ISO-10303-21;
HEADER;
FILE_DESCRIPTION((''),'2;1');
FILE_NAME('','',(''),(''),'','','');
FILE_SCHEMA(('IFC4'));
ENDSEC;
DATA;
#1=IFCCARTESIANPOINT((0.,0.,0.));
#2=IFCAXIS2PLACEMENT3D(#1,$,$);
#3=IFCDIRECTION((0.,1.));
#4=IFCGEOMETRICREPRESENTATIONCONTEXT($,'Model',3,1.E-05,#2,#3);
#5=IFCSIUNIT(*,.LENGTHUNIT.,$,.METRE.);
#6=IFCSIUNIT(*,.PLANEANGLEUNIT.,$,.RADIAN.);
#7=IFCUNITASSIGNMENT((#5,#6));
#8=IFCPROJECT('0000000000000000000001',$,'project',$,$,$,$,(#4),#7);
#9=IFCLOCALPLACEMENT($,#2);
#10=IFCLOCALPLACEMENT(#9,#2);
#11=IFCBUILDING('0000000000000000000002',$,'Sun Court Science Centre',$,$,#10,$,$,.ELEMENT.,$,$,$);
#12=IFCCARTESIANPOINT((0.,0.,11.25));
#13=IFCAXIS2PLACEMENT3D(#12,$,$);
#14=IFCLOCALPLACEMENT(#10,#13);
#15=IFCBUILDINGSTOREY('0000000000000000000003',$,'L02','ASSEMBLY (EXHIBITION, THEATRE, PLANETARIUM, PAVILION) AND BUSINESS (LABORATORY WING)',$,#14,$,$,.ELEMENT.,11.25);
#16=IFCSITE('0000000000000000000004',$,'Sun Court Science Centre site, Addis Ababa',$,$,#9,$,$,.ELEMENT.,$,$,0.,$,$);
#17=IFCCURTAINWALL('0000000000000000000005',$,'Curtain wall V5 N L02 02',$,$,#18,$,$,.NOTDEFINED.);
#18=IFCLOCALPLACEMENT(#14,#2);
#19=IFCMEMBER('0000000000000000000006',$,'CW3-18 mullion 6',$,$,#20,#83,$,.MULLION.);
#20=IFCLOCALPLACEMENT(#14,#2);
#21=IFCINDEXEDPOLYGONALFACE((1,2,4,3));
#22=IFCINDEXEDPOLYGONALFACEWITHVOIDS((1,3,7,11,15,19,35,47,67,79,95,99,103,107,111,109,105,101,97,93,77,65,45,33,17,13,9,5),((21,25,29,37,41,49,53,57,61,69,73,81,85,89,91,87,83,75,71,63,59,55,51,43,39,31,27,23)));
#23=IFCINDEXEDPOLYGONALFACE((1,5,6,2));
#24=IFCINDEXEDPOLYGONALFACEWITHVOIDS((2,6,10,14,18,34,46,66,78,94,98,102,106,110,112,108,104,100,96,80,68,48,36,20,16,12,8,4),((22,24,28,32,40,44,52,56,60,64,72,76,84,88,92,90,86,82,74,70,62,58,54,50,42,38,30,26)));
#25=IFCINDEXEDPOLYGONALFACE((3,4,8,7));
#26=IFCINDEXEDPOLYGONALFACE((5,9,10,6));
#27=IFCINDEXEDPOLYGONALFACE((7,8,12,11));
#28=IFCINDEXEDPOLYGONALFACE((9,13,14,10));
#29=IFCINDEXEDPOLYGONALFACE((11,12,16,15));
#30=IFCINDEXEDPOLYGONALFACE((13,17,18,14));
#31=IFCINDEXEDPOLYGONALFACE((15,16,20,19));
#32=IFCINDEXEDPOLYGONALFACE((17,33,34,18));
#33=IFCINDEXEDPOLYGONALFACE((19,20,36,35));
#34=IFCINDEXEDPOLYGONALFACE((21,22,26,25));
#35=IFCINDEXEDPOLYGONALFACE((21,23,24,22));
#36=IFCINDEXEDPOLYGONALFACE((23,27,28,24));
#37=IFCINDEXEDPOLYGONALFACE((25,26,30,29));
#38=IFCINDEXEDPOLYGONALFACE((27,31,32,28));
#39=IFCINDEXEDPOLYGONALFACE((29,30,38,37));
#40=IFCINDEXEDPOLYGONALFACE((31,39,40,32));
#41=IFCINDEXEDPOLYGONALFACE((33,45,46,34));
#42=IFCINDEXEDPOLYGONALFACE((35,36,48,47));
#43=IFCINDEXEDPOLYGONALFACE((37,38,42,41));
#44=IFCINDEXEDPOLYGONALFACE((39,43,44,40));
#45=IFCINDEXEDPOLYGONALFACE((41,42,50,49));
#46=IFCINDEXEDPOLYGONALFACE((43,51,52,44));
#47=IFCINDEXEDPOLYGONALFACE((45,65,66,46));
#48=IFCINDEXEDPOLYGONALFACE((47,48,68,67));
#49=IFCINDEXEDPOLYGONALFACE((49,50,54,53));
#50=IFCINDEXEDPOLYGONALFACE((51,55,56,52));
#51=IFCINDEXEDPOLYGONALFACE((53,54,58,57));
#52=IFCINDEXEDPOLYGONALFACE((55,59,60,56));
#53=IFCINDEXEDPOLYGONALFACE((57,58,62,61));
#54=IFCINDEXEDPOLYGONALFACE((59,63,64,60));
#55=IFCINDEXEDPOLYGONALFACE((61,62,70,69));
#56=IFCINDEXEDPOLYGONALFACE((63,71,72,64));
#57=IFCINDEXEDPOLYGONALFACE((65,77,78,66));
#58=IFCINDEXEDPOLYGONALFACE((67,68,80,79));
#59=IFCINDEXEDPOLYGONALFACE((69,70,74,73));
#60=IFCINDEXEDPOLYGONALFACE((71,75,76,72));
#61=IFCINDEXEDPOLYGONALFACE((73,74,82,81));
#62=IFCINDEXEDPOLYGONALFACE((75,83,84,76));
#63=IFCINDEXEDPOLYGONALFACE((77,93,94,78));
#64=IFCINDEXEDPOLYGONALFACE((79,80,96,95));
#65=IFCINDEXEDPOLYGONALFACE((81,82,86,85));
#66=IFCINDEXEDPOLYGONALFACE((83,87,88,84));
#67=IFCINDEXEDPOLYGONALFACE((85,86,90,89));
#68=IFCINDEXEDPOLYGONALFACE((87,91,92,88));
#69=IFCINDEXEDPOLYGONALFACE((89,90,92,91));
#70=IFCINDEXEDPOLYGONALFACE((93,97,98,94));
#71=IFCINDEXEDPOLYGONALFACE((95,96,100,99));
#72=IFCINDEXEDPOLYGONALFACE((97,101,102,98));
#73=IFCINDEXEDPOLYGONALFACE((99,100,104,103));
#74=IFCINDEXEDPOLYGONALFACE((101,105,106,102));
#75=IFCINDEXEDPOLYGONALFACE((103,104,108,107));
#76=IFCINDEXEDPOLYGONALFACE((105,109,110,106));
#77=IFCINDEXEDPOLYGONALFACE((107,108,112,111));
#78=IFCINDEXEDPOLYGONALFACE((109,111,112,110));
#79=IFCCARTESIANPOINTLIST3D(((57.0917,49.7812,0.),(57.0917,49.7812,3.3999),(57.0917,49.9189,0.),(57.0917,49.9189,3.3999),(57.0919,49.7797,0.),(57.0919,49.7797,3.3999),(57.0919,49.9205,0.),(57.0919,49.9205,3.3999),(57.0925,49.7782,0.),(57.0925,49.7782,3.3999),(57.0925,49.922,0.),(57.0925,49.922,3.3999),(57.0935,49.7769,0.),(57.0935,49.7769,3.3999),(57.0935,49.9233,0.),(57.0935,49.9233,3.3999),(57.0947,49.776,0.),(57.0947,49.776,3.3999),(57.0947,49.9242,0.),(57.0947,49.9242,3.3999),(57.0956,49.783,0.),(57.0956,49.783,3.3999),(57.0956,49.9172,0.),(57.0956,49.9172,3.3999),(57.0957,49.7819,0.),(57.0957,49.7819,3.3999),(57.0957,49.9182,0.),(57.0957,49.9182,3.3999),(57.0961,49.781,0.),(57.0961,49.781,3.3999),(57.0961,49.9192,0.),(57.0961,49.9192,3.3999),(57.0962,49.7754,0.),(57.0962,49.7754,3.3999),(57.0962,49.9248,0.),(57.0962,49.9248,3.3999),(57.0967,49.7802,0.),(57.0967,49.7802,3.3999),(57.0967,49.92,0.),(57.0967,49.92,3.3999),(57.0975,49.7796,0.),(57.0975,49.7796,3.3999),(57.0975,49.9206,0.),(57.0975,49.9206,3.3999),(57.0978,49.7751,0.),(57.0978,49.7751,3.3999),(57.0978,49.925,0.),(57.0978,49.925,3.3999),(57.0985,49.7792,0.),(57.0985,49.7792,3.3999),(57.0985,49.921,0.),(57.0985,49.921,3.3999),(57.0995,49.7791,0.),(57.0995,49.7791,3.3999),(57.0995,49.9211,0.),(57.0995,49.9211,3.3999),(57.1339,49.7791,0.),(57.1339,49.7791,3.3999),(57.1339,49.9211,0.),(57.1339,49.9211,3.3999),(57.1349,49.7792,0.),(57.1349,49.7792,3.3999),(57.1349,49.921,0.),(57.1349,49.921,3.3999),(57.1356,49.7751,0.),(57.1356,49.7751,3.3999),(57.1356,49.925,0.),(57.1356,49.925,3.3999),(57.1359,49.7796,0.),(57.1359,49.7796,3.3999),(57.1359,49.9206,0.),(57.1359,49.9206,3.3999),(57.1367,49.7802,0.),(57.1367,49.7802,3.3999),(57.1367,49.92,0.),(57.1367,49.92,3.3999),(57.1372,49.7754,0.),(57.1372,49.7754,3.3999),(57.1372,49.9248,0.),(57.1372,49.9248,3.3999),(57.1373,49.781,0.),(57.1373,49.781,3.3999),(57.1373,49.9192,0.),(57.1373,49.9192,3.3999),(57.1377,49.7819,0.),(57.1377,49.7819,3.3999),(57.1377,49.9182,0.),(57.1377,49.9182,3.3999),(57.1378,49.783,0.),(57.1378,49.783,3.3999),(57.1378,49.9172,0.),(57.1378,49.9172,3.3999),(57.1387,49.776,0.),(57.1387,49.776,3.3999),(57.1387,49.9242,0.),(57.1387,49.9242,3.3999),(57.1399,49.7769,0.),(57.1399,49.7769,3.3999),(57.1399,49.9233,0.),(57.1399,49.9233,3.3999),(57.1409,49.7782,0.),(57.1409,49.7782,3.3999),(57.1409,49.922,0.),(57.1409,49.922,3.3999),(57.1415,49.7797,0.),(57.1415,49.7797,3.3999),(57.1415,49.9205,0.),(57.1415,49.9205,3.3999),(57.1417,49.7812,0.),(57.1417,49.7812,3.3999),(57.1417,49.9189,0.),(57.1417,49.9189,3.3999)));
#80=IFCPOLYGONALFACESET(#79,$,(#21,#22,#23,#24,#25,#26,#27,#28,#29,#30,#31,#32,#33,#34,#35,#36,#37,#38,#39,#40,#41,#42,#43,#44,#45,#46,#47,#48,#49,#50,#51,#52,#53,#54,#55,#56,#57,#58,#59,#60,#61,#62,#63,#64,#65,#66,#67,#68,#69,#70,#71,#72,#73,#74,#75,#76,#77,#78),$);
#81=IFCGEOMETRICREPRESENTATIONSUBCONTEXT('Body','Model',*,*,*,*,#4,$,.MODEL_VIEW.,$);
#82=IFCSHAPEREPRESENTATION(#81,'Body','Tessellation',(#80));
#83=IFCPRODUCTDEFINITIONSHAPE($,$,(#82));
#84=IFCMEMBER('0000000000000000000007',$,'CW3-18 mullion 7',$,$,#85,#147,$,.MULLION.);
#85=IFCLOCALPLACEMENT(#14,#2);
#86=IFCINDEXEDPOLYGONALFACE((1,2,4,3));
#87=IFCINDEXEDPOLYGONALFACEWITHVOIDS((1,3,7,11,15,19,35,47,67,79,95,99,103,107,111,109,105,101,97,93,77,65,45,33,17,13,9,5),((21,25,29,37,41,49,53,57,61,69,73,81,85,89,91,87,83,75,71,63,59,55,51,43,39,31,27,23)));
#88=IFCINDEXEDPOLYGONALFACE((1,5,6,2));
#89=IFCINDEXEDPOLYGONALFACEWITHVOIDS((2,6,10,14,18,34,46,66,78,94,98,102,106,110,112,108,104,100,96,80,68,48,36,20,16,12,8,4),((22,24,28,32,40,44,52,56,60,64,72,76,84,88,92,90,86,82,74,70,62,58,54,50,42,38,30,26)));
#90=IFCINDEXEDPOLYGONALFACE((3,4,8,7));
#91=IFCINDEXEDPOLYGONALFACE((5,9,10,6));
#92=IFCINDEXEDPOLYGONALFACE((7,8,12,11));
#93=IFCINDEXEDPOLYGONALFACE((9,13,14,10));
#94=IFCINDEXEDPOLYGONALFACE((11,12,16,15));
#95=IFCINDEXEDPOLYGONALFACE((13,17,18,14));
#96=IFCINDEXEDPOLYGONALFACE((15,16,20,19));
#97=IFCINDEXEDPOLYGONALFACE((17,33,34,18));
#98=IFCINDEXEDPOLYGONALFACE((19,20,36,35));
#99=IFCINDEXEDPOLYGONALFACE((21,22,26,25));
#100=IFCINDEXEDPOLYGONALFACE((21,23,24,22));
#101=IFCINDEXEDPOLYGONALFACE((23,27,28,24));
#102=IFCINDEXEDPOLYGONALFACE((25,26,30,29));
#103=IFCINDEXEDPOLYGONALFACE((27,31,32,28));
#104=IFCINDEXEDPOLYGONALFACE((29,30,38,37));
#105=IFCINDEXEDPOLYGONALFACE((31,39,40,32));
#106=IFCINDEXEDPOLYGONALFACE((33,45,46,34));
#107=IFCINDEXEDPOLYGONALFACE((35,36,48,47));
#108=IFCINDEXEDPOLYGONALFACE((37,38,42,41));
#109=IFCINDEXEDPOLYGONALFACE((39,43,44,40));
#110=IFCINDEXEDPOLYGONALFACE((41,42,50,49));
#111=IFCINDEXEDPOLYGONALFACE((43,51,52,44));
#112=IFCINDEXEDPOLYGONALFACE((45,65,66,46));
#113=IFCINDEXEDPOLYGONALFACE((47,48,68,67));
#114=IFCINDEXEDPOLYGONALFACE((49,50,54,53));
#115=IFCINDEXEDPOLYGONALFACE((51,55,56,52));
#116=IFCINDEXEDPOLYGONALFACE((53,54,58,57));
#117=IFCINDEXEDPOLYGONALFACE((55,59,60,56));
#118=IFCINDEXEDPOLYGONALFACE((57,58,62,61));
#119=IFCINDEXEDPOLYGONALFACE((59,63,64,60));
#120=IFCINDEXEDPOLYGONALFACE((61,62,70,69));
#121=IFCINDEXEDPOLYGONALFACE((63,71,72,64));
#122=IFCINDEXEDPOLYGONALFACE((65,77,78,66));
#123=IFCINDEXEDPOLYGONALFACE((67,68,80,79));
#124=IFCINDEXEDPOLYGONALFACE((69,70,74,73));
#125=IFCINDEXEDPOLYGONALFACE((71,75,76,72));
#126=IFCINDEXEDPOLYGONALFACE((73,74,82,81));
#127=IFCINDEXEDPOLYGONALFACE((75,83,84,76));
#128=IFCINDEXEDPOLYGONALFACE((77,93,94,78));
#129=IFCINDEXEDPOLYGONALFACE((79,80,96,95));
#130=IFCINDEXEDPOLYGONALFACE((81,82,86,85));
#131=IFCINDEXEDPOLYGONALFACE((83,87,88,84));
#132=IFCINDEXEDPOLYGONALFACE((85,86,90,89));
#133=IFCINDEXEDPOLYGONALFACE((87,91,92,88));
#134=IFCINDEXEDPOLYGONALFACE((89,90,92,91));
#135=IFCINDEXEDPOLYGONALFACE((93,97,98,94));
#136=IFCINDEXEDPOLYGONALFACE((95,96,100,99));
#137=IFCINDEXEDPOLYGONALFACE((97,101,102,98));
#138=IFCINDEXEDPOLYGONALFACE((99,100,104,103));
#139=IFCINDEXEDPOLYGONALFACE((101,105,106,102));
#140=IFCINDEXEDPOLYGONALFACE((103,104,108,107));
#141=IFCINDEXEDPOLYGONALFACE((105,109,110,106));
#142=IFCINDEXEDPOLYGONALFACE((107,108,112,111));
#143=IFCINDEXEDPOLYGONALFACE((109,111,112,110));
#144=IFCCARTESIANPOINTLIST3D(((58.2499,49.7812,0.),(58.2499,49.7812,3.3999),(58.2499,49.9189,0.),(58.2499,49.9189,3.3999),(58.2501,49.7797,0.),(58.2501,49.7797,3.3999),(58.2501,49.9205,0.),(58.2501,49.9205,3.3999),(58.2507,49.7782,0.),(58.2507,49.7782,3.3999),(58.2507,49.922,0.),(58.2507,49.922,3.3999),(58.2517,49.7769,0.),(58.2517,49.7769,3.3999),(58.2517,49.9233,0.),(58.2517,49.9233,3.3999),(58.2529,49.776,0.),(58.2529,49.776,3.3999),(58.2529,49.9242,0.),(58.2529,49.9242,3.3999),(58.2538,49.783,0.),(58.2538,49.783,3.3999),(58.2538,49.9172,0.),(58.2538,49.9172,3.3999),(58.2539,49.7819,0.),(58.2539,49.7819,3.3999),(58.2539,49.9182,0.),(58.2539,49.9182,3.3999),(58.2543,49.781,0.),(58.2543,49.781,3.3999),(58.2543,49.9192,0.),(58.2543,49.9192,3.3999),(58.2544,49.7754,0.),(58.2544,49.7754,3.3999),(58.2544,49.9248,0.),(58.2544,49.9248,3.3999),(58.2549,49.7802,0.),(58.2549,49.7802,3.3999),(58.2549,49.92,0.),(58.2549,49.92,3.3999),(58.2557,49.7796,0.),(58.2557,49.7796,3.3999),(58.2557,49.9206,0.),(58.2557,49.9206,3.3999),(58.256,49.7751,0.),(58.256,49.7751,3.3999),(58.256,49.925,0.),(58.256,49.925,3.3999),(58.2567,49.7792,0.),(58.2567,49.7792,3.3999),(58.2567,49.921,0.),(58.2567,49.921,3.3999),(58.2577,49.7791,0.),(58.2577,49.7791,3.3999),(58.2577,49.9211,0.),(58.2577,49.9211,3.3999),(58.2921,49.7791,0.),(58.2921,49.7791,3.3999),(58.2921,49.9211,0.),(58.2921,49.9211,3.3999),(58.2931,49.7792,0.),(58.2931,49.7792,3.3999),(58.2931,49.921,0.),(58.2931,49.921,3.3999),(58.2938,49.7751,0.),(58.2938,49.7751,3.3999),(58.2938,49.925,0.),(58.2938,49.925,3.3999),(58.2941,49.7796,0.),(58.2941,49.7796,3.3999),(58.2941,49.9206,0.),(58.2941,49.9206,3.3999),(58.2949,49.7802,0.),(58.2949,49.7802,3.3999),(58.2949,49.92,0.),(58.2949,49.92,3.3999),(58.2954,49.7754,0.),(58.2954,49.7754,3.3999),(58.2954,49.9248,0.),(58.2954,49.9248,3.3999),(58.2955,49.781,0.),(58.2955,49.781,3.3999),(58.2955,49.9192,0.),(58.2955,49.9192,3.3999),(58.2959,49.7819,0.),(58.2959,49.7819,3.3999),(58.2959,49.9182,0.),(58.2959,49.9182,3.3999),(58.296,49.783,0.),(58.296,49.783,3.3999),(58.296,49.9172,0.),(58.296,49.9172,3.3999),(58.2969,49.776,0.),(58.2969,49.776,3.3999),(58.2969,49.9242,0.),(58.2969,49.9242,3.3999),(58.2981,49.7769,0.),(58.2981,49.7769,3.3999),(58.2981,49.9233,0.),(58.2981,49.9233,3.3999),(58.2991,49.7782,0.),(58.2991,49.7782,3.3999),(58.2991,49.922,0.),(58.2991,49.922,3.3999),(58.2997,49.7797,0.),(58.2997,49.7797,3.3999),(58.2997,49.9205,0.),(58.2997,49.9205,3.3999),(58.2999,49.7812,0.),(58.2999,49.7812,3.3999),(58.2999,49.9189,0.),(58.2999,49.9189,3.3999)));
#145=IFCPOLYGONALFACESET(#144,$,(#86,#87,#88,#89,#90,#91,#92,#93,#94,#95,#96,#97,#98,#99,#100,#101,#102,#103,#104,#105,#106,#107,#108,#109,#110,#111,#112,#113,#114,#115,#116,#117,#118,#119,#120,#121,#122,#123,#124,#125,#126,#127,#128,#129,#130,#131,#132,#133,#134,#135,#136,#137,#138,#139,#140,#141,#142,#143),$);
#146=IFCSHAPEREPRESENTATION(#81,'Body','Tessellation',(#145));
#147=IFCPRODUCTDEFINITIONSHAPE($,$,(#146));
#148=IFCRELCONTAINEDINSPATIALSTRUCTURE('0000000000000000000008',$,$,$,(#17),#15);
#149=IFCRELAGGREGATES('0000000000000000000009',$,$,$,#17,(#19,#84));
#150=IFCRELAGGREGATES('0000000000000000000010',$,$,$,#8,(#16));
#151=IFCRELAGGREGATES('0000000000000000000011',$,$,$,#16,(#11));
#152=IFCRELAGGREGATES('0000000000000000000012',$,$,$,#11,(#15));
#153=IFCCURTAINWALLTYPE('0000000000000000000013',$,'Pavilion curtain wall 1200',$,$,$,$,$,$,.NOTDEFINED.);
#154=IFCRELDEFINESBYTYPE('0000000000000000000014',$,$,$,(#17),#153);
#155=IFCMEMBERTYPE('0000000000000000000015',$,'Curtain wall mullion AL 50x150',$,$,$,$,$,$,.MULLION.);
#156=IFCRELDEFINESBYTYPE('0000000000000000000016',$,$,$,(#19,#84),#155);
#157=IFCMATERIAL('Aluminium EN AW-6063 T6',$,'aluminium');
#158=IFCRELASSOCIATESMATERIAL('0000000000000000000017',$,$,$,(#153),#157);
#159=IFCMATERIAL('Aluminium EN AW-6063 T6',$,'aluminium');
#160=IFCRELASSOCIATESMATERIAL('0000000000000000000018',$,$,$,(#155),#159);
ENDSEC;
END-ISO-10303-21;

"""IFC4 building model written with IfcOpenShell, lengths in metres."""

from ifc_helpers import new_model, si_unit, direction, frame, origin, origin_2d, place, context, subcontext, project, spatial, hollow_rectangle, extrude, material, material_profile, profile_set, type_object, element, aggregate, save


model = new_model("IFC4")

# Units and contexts
model_context = context("Model", 3, precision=1e-05, world=origin(), true_north=direction((0.0, 1.0)))
body_context = subcontext(model_context, "Body", "Model", "MODEL_VIEW")
ifc_project = project(units=[si_unit("LENGTHUNIT", "METRE"), si_unit("PLANEANGLEUNIT", "RADIAN")], contexts=[model_context])

# Site, building, storey
site_placement = place(None, origin())
site = spatial("IfcSite", under=ifc_project, at=site_placement, Name="Sun Court Science Centre site, Addis Ababa", CompositionType="ELEMENT", RefElevation=0.0)
building_placement = place(site_placement, origin())
building = spatial("IfcBuilding", under=site, at=building_placement, Name="Sun Court Science Centre", CompositionType="ELEMENT")
storey_placement = place(building_placement, frame((0.0, 0.0, 11.25)))
storey = spatial("IfcBuildingStorey", under=building, at=storey_placement, Name="L02", Description="ASSEMBLY (EXHIBITION, THEATRE, PLANETARIUM, PAVILION) AND BUSINESS (LABORATORY WING)", CompositionType="ELEMENT", Elevation=11.25)

# Curtain wall, members
ifc_material_1 = material(Name="Aluminium EN AW-6063 T6", Category="aluminium")
curtain_wall_type = type_object("IfcCurtainWallType", Name="Pavilion curtain wall 1200", PredefinedType="NOTDEFINED", material=ifc_material_1)
curtain_wall_placement = place(storey_placement, origin())
curtain_wall = element("IfcCurtainWall", 1, at=curtain_wall_placement, inside=storey, type_object=curtain_wall_type, Name="Curtain wall V5 N L02 02", PredefinedType="NOTDEFINED")
ifc_material_2 = material(Name="Aluminium EN AW-6063 T6", Category="aluminium")
ifc_material_profile_1 = material_profile(ifc_material_2, hollow_rectangle(XDim=0.05, YDim=0.1499, WallThickness=0.0039, InnerFilletRadius=0.0039, OuterFilletRadius=0.0061, at=origin_2d()), Name="AL 50x150x4")
ifc_profile_set_1 = profile_set([ifc_material_profile_1], Name="Aluminium EN AW-6063 T6")
member_type_1 = type_object("IfcMemberType", Name="Curtain wall mullion AL 50x150", PredefinedType="MULLION", material=ifc_profile_set_1)
member_1_placement = place(storey_placement, frame((57.1167, 49.8501, 0.0), z_axis=(0.0, 0.0, 1.0), x_axis=(1.0, 0.0, 0.0)))
member_1 = element("IfcMember", 2, at=member_1_placement, type_object=member_type_1, Name="CW3-18 mullion 6", PredefinedType="MULLION", context=body_context, shape_type="SweptSolid", body=[
    extrude(hollow_rectangle(XDim=0.05, YDim=0.1499, WallThickness=0.0039, InnerFilletRadius=0.0039, OuterFilletRadius=0.0061, at=origin_2d()), origin(), (0.0, 0.0, 1.0), 3.3999),
])
member_2_placement = place(storey_placement, frame((58.2749, 49.8501, 0.0), z_axis=(0.0, 0.0, 1.0), x_axis=(1.0, 0.0, 0.0)))
member_2 = element("IfcMember", 3, at=member_2_placement, type_object=member_type_1, Name="CW3-18 mullion 7", PredefinedType="MULLION", context=body_context, shape_type="SweptSolid", body=[
    extrude(hollow_rectangle(XDim=0.05, YDim=0.1499, WallThickness=0.0039, InnerFilletRadius=0.0039, OuterFilletRadius=0.0061, at=origin_2d()), origin(), (0.0, 0.0, 1.0), 3.3999),
])

aggregate(curtain_wall, [member_1, member_2])

save(model, "model.ifc")
